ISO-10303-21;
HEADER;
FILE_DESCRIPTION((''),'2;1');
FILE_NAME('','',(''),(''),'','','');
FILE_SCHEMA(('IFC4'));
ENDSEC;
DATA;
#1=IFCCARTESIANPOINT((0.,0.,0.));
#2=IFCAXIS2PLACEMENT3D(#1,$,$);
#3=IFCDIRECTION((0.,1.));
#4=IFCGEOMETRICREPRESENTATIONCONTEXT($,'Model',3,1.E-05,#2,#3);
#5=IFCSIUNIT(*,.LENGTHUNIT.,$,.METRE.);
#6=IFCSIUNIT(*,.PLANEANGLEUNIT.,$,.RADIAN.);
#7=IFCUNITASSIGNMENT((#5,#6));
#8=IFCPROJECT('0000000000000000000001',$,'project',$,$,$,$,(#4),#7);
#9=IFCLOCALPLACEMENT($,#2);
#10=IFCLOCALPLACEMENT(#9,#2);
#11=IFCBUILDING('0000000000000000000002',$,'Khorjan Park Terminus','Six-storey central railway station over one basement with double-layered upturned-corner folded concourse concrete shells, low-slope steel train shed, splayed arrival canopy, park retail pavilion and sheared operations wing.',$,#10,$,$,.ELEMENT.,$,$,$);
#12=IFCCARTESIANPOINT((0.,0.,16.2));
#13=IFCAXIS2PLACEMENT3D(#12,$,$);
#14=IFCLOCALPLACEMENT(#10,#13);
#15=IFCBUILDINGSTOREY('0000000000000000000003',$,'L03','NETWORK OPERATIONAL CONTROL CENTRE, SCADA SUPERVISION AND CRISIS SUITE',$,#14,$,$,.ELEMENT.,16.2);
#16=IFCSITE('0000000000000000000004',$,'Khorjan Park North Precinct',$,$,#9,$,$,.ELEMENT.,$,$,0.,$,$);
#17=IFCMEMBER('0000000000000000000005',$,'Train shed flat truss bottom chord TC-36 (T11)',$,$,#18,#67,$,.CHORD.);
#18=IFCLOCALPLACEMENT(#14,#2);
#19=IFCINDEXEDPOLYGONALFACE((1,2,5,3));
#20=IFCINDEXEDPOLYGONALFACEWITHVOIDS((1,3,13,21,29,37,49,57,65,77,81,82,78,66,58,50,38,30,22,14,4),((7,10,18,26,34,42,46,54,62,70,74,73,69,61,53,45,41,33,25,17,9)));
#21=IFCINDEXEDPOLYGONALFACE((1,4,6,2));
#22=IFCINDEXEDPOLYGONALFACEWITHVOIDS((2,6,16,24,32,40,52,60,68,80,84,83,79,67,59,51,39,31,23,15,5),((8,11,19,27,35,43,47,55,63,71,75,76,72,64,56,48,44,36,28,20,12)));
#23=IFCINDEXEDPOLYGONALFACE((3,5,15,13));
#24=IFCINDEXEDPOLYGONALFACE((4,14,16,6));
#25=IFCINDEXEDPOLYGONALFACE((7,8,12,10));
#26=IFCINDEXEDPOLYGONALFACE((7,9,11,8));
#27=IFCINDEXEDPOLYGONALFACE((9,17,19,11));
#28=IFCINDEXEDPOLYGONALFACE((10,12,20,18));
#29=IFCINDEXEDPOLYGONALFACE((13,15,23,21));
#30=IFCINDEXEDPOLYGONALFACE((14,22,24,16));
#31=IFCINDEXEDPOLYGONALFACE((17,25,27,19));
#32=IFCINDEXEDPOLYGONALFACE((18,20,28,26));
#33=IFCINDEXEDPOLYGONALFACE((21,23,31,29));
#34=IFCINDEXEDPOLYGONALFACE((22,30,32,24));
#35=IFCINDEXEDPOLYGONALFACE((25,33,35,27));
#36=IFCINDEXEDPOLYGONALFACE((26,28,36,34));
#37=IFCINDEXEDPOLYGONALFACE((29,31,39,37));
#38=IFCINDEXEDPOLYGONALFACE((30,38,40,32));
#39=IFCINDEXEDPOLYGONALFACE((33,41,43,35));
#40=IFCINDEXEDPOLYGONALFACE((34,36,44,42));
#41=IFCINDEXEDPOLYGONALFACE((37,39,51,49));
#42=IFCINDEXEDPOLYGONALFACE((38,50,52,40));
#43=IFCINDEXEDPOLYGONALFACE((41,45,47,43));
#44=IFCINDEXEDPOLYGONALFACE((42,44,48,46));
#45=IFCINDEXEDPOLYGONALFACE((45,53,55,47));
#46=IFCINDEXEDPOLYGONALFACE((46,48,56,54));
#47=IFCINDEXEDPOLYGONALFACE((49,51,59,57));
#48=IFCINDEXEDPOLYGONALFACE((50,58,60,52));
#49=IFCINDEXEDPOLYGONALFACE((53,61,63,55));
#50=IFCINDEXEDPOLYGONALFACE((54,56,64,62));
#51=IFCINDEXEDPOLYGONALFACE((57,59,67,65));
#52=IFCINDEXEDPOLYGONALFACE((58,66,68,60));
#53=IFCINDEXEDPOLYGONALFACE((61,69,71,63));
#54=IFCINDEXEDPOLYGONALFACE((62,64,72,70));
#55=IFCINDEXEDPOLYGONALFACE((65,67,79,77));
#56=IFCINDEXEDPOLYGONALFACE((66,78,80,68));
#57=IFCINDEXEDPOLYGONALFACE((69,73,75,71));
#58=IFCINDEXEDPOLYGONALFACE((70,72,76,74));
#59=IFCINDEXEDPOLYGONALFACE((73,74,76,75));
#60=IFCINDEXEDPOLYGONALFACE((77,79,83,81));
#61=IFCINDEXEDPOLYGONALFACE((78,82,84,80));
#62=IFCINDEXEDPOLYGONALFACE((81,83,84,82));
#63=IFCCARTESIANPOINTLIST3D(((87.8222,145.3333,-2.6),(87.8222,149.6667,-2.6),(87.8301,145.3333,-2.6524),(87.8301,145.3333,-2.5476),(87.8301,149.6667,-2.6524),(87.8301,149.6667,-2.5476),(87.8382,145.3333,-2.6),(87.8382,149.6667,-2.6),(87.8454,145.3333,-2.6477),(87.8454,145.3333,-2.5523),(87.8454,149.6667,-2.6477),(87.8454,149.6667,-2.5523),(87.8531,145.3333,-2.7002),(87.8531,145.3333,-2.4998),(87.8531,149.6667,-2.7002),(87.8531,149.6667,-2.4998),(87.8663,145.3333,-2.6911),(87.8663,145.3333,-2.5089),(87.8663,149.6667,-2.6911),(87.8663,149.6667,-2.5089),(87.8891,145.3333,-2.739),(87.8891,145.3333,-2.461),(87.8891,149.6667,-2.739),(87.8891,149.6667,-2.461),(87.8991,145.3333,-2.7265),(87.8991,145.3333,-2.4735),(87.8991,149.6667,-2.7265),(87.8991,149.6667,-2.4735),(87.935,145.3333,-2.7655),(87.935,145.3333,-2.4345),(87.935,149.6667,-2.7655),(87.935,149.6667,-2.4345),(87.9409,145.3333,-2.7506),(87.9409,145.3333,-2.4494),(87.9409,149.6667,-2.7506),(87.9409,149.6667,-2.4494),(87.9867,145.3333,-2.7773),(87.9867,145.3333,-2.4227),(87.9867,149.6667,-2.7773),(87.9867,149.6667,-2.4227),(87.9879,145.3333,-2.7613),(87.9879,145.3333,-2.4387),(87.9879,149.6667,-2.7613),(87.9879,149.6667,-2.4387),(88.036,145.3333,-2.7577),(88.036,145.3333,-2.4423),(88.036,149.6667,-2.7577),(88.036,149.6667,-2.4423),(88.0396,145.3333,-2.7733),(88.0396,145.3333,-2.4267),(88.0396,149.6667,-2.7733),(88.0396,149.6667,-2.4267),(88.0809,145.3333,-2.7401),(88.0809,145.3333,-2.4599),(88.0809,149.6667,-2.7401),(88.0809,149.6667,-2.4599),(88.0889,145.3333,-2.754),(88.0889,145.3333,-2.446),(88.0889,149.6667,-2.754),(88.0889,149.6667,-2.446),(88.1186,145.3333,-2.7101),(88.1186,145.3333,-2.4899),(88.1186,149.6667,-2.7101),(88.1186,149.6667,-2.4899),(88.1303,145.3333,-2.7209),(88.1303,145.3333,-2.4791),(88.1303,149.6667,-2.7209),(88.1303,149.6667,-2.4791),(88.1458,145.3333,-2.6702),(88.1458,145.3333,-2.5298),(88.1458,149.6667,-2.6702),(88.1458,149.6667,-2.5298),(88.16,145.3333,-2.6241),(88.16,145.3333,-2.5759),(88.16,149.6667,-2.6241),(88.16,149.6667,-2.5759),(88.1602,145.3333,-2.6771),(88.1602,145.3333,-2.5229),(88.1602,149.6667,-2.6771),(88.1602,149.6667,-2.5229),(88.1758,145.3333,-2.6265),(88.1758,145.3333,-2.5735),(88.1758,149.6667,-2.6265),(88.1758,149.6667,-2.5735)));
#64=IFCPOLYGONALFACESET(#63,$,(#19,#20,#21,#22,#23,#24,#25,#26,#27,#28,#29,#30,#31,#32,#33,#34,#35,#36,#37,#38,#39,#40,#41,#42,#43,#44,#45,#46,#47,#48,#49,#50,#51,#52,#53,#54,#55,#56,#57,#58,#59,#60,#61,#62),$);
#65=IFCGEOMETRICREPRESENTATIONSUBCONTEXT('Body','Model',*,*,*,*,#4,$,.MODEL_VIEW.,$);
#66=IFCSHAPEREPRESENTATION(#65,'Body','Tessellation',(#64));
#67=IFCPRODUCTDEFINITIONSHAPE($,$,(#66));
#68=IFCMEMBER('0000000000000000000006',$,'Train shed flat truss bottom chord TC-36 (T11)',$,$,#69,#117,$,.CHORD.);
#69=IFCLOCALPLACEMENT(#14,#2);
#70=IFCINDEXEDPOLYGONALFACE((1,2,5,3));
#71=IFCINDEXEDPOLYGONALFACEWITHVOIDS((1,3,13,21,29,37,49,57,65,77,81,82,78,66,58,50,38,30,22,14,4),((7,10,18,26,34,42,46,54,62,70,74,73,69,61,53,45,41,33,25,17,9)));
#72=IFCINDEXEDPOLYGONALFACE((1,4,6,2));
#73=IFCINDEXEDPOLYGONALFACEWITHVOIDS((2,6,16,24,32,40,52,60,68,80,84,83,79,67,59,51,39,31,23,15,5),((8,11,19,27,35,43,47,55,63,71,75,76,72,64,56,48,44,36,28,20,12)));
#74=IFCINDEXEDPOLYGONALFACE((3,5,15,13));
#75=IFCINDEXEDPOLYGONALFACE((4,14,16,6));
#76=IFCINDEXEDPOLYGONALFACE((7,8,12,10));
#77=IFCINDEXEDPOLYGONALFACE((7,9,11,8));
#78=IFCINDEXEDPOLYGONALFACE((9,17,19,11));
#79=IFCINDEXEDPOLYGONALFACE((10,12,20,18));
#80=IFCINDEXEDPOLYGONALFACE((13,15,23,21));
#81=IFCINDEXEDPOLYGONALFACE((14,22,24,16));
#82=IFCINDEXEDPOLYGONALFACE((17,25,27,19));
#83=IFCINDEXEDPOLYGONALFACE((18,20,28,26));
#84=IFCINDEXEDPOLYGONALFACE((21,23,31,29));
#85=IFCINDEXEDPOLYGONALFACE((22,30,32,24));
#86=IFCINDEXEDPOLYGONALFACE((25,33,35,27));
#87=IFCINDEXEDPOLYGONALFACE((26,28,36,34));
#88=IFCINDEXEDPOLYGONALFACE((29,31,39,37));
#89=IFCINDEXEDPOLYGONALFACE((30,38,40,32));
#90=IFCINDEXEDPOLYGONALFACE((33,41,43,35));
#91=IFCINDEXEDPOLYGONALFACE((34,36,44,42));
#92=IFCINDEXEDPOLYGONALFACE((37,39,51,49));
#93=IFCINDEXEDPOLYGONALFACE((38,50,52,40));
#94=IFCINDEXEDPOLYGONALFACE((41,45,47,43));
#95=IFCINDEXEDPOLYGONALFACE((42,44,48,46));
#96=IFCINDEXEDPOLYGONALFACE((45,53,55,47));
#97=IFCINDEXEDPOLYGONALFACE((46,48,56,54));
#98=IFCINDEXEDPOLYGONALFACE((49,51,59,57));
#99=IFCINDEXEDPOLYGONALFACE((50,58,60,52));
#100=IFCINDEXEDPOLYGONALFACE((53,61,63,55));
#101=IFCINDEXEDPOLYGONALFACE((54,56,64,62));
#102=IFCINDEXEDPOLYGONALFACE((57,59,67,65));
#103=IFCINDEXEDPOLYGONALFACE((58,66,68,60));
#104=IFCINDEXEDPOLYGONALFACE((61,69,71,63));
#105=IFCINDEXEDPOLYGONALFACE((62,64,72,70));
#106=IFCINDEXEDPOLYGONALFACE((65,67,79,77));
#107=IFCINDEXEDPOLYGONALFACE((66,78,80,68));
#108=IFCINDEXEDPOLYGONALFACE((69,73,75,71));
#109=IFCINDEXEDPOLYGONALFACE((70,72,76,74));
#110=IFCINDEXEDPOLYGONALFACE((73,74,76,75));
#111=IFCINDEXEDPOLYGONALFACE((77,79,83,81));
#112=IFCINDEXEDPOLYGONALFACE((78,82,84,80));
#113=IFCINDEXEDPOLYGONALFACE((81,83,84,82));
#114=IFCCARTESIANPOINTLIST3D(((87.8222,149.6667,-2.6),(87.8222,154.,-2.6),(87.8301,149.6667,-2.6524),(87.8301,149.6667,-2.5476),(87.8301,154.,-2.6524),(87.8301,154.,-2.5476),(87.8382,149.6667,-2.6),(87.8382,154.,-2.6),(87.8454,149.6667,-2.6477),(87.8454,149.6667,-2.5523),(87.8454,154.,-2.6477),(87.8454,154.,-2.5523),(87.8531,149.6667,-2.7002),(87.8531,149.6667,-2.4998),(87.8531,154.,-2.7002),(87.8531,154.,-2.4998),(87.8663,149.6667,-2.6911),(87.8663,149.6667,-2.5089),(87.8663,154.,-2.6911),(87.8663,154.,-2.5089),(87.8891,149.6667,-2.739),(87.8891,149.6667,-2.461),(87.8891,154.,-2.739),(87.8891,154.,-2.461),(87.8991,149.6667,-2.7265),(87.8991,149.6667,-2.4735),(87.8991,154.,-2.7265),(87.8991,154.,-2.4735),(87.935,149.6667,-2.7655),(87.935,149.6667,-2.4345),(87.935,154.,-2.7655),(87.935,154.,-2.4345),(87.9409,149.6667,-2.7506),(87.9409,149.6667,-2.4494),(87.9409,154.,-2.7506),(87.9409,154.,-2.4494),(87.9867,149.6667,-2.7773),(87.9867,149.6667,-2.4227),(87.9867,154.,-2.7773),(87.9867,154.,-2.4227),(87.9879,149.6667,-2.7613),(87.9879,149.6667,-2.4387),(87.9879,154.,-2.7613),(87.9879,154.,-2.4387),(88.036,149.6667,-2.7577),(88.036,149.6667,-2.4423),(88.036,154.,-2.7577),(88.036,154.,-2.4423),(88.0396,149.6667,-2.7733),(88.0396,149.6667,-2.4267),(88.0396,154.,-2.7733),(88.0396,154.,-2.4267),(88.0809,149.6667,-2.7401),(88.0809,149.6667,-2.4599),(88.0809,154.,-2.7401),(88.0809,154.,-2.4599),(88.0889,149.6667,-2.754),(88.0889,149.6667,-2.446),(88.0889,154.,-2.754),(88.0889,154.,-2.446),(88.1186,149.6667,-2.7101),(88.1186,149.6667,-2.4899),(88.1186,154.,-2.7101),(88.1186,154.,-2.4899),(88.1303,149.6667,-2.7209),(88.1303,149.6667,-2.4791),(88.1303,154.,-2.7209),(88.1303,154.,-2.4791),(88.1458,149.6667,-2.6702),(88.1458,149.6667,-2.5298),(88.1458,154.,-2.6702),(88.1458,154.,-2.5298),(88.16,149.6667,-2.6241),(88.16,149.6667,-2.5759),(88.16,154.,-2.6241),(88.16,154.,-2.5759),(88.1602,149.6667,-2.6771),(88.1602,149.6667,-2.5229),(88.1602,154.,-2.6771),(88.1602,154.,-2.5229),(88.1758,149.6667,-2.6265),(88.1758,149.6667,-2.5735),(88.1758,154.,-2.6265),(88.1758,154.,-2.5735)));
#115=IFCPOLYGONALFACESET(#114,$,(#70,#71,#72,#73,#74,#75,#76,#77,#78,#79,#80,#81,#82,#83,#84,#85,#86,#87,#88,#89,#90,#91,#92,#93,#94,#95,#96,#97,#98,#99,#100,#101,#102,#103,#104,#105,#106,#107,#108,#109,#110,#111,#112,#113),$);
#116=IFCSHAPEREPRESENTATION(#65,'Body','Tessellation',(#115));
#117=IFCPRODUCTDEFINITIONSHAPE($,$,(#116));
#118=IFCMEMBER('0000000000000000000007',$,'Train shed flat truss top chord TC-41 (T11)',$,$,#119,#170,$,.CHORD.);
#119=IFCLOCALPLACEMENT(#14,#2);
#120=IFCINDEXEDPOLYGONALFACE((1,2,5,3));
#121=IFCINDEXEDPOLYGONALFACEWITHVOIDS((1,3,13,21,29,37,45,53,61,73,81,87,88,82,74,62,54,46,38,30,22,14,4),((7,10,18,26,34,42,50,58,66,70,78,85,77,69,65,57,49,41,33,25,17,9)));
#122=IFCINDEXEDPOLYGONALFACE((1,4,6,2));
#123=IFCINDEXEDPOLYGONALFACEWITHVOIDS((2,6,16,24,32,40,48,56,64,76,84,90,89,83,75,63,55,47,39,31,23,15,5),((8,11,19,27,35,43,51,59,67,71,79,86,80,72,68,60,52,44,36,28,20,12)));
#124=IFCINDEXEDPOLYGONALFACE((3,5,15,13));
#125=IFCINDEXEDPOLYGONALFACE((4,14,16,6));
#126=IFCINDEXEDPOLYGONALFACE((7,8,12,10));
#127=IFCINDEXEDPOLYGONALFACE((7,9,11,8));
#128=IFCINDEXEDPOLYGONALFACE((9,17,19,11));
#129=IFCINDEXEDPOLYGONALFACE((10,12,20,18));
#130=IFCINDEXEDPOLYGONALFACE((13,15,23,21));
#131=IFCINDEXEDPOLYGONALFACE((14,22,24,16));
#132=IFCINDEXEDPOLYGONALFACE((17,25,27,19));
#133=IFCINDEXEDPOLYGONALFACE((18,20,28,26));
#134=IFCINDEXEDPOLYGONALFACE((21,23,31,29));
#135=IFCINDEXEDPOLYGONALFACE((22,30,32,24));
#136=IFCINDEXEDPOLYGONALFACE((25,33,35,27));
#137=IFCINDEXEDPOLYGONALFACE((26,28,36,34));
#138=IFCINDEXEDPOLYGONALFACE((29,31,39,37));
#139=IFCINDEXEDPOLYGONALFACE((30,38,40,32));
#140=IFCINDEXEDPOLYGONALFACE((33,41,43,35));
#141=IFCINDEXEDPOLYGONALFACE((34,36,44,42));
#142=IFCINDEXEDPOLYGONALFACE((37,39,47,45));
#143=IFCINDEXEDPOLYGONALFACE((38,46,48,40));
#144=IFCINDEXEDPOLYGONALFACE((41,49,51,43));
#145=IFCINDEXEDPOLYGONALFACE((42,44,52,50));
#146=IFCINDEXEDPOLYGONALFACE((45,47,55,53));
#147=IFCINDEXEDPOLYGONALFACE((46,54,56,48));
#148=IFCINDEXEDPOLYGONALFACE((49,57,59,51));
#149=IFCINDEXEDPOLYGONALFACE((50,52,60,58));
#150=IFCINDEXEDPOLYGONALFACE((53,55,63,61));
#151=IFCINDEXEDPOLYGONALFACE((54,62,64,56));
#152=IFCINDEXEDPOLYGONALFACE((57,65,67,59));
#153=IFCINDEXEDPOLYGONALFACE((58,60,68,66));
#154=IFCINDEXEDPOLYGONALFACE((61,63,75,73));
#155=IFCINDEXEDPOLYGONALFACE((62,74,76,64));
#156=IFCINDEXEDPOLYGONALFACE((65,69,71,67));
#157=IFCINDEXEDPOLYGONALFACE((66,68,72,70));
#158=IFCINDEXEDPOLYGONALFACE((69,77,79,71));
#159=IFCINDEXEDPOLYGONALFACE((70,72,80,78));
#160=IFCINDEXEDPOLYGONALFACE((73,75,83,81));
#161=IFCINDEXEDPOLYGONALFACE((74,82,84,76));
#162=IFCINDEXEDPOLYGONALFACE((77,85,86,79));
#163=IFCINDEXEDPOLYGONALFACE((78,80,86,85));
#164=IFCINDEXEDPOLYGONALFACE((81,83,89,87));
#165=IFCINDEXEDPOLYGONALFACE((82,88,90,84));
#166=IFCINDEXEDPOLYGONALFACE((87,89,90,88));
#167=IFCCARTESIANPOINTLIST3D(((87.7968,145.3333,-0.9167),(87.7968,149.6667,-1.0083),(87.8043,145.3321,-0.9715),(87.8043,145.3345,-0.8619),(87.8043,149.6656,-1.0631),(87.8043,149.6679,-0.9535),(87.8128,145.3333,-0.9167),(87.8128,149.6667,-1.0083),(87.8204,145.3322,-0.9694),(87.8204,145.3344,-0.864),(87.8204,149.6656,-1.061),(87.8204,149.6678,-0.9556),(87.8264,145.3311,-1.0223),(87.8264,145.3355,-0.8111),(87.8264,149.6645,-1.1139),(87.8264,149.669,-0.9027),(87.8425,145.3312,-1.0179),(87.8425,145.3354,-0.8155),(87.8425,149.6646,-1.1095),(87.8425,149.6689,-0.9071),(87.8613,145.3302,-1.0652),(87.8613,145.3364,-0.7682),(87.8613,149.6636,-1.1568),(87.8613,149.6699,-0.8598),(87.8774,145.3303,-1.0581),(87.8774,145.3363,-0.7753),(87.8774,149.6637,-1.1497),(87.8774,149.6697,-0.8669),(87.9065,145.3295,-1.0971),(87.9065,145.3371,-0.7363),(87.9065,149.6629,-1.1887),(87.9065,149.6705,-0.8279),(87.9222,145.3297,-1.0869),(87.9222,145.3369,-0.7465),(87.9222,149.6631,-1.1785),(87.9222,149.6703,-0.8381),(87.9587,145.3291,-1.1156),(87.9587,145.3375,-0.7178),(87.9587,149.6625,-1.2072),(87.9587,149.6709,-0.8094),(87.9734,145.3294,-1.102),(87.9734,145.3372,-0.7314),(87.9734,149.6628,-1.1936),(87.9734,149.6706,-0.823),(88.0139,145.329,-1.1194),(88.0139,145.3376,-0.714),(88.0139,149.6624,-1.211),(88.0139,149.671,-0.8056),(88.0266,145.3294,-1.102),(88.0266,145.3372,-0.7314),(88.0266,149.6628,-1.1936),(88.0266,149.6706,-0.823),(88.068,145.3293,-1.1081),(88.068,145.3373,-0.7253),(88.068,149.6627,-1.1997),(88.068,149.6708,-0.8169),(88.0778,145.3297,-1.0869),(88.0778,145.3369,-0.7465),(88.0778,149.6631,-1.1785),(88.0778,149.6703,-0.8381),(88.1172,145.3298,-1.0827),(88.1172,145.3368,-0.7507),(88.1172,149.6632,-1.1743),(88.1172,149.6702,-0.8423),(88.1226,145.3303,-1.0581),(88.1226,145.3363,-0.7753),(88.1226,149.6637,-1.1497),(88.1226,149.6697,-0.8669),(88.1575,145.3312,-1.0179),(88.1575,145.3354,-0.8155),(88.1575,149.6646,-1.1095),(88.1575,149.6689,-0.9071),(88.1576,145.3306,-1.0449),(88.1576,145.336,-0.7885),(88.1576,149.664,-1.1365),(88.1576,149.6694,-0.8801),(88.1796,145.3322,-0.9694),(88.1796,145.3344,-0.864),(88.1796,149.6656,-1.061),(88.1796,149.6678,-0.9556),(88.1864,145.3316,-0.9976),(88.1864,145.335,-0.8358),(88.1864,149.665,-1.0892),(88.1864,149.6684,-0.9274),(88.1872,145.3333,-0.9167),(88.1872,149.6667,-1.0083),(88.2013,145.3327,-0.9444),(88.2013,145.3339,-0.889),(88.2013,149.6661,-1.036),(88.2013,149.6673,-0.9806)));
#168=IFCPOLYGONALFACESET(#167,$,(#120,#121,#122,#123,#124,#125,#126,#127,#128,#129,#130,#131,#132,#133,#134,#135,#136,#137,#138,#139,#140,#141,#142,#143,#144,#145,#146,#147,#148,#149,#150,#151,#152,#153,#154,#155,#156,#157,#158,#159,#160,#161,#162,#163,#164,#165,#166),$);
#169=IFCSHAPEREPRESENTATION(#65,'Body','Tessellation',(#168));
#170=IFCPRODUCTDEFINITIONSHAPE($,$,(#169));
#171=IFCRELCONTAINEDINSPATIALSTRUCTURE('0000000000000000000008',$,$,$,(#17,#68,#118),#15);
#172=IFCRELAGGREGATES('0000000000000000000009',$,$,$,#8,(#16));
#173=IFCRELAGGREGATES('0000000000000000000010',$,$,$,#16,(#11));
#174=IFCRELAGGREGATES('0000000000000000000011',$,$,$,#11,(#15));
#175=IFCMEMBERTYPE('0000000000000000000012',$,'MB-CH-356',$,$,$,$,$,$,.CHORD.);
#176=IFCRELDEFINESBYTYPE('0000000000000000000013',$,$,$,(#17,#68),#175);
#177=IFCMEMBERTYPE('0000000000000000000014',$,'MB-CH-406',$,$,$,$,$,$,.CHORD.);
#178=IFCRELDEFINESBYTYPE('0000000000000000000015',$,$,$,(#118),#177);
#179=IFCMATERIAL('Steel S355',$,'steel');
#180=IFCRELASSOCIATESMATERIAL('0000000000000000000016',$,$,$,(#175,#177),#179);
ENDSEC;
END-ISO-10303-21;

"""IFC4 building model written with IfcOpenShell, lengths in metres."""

from ifc_helpers import new_model, si_unit, direction, frame, origin, origin_2d, place, context, subcontext, project, spatial, hollow_circle, extrude, material, material_profile, profile_set, type_object, element, save


model = new_model("IFC4")

# Units and contexts
model_context = context("Model", 3, precision=1e-05, world=origin(), true_north=direction((0.0, 1.0)))
body_context = subcontext(model_context, "Body", "Model", "MODEL_VIEW")
ifc_project = project(units=[si_unit("LENGTHUNIT", "METRE"), si_unit("PLANEANGLEUNIT", "RADIAN")], contexts=[model_context])

# Site, building, storey
site_placement = place(None, origin())
site = spatial("IfcSite", under=ifc_project, at=site_placement, Name="Khorjan Park North Precinct", CompositionType="ELEMENT", RefElevation=0.0)
building_placement = place(site_placement, origin())
building = spatial("IfcBuilding", under=site, at=building_placement, Name="Khorjan Park Terminus", Description="Six-storey central railway station over one basement with double-layered upturned-corner folded concourse concrete shells, low-slope steel train shed, splayed arrival canopy, park retail pavilion and sheared operations wing.", CompositionType="ELEMENT")
storey_placement = place(building_placement, frame((0.0, 0.0, 16.2)))
storey = spatial("IfcBuildingStorey", under=building, at=storey_placement, Name="L03", Description="NETWORK OPERATIONAL CONTROL CENTRE, SCADA SUPERVISION AND CRISIS SUITE", CompositionType="ELEMENT", Elevation=16.2)

# Members
ifc_material = material(Name="Steel S355", Category="steel")
ifc_material_profile_1 = material_profile(ifc_material, hollow_circle(Radius=0.1778, WallThickness=0.016, at=origin_2d()), Name="CHS 355.6x16")
ifc_profile_set_1 = profile_set([ifc_material_profile_1], Name="Steel S355")
member_type_1 = type_object("IfcMemberType", Name="MB-CH-356", PredefinedType="CHORD", material=ifc_profile_set_1)
member_1_placement = place(storey_placement, frame((88.0, 145.3333, -2.6), z_axis=(0.0, 1.0, 0.0), x_axis=(-1.0, 0.0, 0.0)))
element("IfcMember", 1, at=member_1_placement, inside=storey, type_object=member_type_1, Name="Train shed flat truss bottom chord TC-36 (T11)", PredefinedType="CHORD", context=body_context, shape_type="SweptSolid", body=[
    extrude(hollow_circle(Radius=0.1778, WallThickness=0.016, at=origin_2d()), origin(), (0.0, 0.0, 1.0), 4.3334),
])
member_2_placement = place(storey_placement, frame((88.0, 149.6667, -2.6), z_axis=(0.0, 1.0, 0.0), x_axis=(-1.0, 0.0, 0.0)))
element("IfcMember", 2, at=member_2_placement, inside=storey, type_object=member_type_1, Name="Train shed flat truss bottom chord TC-36 (T11)", PredefinedType="CHORD", context=body_context, shape_type="SweptSolid", body=[
    extrude(hollow_circle(Radius=0.1778, WallThickness=0.016, at=origin_2d()), origin(), (0.0, 0.0, 1.0), 4.3333),
])
ifc_material_profile_2 = material_profile(ifc_material, hollow_circle(Radius=0.2032, WallThickness=0.016, at=origin_2d()), Name="CHS 406.4x16")
ifc_profile_set_2 = profile_set([ifc_material_profile_2], Name="Steel S355")
member_type_2 = type_object("IfcMemberType", Name="MB-CH-406", PredefinedType="CHORD", material=ifc_profile_set_2)
member_3_placement = place(storey_placement, frame((88.0, 145.3333, -0.9167), z_axis=(0.0, 0.999777, -0.021133), x_axis=(-1.0, 0.0, 0.0)))
element("IfcMember", 3, at=member_3_placement, inside=storey, type_object=member_type_2, Name="Train shed flat truss top chord TC-41 (T11)", PredefinedType="CHORD", context=body_context, shape_type="SweptSolid", body=[
    extrude(hollow_circle(Radius=0.2032, WallThickness=0.016, at=origin_2d()), origin(), (0.0, 0.0, 1.0), 4.3344),
])

save(model, "model.ifc")
